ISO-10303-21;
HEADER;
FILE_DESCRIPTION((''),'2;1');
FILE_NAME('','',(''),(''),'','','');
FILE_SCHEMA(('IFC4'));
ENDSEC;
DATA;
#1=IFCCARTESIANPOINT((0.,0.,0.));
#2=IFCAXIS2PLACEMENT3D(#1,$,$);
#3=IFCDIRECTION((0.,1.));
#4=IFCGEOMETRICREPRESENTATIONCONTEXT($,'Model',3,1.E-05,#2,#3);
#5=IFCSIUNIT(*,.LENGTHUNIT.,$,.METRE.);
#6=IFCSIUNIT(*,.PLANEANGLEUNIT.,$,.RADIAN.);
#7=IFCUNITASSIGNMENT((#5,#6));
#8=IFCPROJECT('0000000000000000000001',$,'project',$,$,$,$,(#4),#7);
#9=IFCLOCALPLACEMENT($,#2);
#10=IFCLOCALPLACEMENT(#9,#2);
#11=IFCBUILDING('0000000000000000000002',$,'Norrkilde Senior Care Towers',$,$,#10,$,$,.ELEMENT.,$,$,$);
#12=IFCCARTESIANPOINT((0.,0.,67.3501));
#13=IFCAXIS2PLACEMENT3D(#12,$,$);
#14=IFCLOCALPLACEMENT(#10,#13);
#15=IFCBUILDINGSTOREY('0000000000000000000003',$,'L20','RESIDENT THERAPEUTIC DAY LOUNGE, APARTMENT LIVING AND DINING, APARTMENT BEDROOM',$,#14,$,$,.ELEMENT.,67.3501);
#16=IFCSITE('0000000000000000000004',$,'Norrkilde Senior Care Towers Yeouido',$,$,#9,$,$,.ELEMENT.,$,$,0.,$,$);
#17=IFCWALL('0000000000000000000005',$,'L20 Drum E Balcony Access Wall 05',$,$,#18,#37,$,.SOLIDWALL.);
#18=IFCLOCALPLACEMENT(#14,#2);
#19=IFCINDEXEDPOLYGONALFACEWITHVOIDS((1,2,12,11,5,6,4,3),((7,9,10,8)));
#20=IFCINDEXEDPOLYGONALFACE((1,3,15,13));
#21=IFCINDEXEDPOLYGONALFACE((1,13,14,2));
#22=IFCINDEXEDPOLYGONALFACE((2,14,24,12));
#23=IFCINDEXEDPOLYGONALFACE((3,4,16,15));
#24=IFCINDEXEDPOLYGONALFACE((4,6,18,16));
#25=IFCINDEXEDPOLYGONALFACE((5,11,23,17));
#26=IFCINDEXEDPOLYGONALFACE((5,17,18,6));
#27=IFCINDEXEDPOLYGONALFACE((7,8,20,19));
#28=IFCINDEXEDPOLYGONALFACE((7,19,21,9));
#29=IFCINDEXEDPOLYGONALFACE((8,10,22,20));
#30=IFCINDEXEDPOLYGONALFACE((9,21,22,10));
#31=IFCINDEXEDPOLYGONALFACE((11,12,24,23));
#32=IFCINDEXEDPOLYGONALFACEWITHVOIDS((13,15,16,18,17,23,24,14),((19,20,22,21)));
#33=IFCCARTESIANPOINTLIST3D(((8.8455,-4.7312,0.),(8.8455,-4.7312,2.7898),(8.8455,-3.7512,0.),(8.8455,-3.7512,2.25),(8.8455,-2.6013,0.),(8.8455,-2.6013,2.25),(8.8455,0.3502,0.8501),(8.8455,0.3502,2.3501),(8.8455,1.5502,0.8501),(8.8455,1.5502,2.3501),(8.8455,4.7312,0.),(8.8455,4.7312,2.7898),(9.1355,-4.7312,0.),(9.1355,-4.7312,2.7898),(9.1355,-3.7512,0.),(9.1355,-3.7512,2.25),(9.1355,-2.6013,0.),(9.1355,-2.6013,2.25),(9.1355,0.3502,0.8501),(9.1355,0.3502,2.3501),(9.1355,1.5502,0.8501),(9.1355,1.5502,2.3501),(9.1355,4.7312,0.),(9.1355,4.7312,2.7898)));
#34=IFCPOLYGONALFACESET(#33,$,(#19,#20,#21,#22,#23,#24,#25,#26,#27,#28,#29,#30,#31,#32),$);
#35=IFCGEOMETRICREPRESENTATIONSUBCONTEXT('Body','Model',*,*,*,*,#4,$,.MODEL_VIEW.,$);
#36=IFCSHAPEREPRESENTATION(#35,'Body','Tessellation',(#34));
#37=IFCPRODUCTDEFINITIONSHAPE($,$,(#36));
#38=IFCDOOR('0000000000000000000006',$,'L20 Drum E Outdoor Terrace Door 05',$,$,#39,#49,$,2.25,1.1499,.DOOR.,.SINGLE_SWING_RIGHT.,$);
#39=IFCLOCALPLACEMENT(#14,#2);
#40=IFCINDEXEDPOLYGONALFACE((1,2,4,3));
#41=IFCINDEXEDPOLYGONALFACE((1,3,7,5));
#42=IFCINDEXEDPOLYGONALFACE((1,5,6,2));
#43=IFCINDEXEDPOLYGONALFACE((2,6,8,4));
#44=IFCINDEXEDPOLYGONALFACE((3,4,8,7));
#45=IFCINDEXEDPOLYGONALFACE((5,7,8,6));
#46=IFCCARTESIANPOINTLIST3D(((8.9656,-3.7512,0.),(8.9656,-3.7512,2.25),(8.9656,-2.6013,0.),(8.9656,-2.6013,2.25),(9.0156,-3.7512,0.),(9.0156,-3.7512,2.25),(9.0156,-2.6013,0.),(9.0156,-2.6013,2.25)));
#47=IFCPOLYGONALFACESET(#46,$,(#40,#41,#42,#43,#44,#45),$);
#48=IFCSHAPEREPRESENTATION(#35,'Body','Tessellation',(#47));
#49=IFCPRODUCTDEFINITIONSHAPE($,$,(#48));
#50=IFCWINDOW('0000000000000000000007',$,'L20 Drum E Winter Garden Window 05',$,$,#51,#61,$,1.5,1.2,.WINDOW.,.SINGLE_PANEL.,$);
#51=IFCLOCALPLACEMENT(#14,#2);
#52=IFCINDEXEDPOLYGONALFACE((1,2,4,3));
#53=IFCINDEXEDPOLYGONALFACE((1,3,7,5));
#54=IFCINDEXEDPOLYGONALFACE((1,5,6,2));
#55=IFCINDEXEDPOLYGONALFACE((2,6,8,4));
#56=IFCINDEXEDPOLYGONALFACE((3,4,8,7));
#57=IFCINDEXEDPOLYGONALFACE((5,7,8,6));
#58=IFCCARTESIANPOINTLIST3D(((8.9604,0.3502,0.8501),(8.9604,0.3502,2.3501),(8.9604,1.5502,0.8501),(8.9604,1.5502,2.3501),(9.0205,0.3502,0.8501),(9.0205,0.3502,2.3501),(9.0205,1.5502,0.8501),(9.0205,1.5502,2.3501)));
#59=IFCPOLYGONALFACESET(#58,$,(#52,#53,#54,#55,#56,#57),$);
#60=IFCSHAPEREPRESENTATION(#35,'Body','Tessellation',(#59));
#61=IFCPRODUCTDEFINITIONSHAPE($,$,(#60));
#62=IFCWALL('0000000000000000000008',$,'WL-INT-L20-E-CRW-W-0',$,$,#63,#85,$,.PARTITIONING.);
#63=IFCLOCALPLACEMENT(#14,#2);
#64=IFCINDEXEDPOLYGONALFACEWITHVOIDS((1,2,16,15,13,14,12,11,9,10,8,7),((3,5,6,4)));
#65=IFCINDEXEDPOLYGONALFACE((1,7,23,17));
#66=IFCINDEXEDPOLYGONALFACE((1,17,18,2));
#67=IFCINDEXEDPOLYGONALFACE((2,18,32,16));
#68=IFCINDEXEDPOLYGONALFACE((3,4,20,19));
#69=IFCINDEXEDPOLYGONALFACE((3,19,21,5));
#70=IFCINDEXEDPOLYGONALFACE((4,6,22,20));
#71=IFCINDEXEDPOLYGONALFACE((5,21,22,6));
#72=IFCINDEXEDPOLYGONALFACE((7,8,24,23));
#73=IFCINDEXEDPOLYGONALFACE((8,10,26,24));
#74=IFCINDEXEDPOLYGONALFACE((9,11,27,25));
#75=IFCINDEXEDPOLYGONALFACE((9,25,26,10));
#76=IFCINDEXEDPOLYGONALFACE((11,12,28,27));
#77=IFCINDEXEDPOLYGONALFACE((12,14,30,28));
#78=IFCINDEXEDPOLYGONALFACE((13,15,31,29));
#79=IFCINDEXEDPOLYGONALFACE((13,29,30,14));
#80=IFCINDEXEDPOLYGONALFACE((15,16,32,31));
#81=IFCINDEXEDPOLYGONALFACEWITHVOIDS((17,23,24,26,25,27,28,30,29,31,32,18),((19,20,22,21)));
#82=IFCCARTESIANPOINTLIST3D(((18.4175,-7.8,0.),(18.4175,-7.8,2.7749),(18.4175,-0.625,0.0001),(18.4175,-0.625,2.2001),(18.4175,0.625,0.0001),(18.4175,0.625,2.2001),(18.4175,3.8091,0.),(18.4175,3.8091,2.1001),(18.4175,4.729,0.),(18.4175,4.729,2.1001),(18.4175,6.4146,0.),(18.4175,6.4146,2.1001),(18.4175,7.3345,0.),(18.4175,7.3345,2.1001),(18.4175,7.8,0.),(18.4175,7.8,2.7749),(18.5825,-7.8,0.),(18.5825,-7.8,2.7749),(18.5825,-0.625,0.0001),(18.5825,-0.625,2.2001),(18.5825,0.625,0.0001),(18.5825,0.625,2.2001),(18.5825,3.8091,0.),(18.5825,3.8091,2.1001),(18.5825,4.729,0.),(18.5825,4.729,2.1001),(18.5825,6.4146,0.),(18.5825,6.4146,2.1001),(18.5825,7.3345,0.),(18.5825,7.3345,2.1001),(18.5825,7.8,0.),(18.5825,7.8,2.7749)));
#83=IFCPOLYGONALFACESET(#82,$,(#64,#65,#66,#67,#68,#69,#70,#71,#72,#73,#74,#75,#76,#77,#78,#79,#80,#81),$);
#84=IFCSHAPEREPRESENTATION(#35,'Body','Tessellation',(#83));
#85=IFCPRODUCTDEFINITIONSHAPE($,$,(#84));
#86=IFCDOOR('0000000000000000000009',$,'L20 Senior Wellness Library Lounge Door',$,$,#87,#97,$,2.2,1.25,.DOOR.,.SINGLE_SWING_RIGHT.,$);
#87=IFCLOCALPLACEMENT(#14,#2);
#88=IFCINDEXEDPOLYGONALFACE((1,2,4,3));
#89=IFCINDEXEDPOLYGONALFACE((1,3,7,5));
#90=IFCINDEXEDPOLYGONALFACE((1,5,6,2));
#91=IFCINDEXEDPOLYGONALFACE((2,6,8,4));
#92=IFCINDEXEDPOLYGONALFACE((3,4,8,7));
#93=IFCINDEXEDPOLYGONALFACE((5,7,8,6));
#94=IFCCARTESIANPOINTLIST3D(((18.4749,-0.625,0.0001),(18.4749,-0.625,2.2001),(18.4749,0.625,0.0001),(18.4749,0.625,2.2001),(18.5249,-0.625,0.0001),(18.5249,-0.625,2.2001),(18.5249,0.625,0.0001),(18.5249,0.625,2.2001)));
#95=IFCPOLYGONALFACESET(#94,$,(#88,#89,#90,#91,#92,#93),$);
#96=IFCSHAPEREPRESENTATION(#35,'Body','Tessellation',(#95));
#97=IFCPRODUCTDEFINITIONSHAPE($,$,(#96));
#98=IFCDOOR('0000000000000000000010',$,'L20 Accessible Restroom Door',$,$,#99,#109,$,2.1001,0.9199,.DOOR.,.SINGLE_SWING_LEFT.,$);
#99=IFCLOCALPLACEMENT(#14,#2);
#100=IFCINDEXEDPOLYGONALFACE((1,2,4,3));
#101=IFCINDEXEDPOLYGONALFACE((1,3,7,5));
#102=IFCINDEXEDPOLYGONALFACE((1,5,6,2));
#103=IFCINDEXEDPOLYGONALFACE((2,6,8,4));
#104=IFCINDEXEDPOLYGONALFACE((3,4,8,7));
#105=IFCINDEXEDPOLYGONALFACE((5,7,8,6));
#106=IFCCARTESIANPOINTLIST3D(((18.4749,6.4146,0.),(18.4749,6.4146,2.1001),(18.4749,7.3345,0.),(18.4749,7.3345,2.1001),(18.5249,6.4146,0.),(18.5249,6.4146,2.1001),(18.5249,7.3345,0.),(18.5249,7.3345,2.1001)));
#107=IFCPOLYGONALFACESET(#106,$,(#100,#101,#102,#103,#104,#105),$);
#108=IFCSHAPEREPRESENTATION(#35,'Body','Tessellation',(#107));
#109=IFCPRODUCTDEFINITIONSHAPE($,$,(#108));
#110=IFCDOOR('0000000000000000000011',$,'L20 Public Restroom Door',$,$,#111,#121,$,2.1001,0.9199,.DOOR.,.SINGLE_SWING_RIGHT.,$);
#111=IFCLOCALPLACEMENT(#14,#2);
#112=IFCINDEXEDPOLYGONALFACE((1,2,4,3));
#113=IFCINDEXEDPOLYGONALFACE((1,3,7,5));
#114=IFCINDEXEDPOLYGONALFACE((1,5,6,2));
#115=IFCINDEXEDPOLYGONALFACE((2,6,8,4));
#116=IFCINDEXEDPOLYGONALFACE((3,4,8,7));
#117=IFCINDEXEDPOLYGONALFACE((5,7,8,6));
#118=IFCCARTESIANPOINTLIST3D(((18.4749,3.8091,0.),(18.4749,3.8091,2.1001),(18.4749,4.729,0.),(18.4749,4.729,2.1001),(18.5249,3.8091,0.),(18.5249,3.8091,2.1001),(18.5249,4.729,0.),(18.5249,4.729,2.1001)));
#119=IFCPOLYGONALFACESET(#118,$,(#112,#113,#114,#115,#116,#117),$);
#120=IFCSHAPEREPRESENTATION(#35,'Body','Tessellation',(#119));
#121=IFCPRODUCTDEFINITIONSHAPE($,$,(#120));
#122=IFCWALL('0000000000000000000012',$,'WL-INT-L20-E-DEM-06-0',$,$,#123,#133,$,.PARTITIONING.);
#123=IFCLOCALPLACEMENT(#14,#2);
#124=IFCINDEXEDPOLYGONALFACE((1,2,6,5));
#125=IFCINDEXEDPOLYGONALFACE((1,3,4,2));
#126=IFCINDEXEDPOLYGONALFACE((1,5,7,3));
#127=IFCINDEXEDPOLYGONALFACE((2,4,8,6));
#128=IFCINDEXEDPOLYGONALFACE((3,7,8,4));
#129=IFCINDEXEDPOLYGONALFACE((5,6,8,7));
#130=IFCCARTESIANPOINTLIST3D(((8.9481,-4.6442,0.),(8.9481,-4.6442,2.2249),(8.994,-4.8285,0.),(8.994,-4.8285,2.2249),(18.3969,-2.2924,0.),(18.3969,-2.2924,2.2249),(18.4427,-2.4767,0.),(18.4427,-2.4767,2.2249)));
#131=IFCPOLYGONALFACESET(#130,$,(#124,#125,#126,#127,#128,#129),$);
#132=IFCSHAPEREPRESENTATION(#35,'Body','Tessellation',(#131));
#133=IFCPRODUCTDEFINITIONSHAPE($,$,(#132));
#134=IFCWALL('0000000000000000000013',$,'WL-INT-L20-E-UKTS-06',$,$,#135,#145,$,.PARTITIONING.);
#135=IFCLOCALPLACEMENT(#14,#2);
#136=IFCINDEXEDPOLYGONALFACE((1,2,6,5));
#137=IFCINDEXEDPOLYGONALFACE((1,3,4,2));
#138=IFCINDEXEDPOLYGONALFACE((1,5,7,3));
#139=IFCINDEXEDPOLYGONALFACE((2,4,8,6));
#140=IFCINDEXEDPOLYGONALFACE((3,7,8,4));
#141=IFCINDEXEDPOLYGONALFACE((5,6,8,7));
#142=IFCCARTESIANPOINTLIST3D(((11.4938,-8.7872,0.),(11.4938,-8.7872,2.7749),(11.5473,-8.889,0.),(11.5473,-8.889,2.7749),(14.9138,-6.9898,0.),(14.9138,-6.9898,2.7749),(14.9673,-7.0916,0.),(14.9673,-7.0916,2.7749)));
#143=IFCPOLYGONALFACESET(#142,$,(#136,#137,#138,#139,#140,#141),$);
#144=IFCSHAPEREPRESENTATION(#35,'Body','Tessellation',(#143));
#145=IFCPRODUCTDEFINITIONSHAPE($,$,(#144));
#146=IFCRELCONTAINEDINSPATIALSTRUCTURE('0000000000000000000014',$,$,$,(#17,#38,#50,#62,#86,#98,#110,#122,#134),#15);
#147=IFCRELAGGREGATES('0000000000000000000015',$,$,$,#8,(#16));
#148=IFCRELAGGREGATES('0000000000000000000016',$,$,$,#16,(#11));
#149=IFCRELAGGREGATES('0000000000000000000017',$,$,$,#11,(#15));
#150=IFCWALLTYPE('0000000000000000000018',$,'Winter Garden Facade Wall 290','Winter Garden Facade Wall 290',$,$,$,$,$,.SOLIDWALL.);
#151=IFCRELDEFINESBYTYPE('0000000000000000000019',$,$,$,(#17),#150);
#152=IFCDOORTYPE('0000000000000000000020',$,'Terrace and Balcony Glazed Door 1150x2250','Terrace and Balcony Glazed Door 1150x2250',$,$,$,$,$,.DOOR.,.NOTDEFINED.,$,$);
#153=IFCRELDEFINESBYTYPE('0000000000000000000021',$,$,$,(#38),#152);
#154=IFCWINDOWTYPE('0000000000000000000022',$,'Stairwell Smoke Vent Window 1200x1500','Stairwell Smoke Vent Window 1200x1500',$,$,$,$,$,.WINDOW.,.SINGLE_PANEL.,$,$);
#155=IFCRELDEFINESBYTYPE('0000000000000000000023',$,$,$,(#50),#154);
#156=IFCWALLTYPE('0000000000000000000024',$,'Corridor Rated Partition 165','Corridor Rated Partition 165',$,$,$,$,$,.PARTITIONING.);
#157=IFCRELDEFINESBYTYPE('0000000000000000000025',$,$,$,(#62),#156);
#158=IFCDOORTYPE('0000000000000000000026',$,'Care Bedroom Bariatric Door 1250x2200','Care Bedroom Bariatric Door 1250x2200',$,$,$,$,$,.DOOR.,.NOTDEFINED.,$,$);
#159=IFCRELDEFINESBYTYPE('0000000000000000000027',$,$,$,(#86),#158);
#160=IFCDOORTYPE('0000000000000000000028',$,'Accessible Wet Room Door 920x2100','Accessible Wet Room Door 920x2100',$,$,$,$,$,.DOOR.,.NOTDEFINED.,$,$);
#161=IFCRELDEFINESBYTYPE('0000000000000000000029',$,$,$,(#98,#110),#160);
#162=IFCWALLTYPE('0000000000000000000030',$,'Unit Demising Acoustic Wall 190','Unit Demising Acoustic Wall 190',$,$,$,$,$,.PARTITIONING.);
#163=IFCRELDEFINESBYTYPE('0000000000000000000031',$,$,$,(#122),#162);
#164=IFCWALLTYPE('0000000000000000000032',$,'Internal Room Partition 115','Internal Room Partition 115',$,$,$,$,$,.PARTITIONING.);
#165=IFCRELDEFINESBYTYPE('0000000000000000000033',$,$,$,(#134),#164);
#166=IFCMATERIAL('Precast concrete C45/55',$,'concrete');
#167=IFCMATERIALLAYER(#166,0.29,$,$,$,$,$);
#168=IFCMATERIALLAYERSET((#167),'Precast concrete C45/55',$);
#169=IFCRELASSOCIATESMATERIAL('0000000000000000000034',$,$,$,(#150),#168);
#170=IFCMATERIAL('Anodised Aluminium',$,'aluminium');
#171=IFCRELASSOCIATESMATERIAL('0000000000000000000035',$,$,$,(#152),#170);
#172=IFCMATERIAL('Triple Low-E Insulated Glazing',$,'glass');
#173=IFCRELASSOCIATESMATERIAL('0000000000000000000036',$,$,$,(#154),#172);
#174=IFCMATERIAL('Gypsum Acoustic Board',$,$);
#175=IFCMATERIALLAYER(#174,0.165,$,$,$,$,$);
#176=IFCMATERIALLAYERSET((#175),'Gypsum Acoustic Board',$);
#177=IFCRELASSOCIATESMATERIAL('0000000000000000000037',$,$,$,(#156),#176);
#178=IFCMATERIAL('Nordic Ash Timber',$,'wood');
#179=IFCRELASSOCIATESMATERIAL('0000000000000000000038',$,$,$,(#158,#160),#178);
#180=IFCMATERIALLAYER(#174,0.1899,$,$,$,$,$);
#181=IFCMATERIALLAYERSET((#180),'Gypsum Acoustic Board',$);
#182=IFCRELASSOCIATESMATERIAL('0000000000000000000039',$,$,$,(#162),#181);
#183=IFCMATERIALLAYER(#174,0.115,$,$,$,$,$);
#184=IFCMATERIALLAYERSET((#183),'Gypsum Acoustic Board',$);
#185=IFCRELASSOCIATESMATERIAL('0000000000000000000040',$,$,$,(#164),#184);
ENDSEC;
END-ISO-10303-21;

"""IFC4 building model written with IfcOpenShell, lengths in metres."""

from ifc_helpers import new_model, si_unit, direction, frame, frame_2d, origin, place, context, subcontext, project, spatial, rectangle, extrude, source, transform, mapped, material, layer, layer_set, type_object, type_shapes, element, fill, save


model = new_model("IFC4")

# Units and contexts
model_context = context("Model", 3, precision=1e-05, world=origin(), true_north=direction((0.0, 1.0)))
body_context = subcontext(model_context, "Body", "Model", "MODEL_VIEW")
ifc_project = project(units=[si_unit("LENGTHUNIT", "METRE"), si_unit("PLANEANGLEUNIT", "RADIAN")], contexts=[model_context])

# Site, building, storey
site_placement = place(None, origin())
site = spatial("IfcSite", under=ifc_project, at=site_placement, Name="Norrkilde Senior Care Towers Yeouido", CompositionType="ELEMENT", RefElevation=0.0)
building_placement = place(site_placement, origin())
building = spatial("IfcBuilding", under=site, at=building_placement, Name="Norrkilde Senior Care Towers", CompositionType="ELEMENT")
storey_placement = place(building_placement, frame((0.0, 0.0, 67.3501)))
storey = spatial("IfcBuildingStorey", under=building, at=storey_placement, Name="L20", Description="RESIDENT THERAPEUTIC DAY LOUNGE, APARTMENT LIVING AND DINING, APARTMENT BEDROOM", CompositionType="ELEMENT", Elevation=67.3501)

# Shared definitions
ifc_material_1 = material(Name="Triple Low-E Insulated Glazing", Category="glass")
ifc_material_2 = material(Name="Anodised Aluminium", Category="aluminium")

# Wall, openings, door, window
ifc_material_3 = material(Name="Precast concrete C45/55", Category="concrete")
ifc_layer_1 = layer(ifc_material_3, 0.29)
ifc_layer_set_1 = layer_set([ifc_layer_1], Name="Precast concrete C45/55")
wall_type_1 = type_object("IfcWallType", Name="Winter Garden Facade Wall 290", Description="Winter Garden Facade Wall 290", PredefinedType="SOLIDWALL", material=ifc_layer_set_1)
shared_shape_1 = source(origin(), body_context, "Body", "SweptSolid", [
    extrude(rectangle(XDim=9.4624, YDim=0.29, at=frame_2d((4.7312, 0.0))), origin(), (0.0, 0.0, 1.0), 2.7898),
])
type_shapes(wall_type_1, [shared_shape_1])
wall_1_placement = place(storey_placement, frame((8.9905, -4.7312, 0.0), z_axis=(0.0, 0.0, 1.0), x_axis=(0.0, 1.0, 0.0)))
wall_1 = element("IfcWall", 1, at=wall_1_placement, inside=storey, type_object=wall_type_1, Name="L20 Drum E Balcony Access Wall 05", PredefinedType="SOLIDWALL", context=body_context, shape_type="MappedRepresentation", body=[
    mapped(shared_shape_1, transform((0.0, 0.0, 0.0), x_axis=(1.0, 0.0, 0.0), y_axis=(0.0, 1.0, 0.0), z_axis=(0.0, 0.0, 1.0), scale=1.0)),
])
opening_1_placement = place(wall_1_placement, frame((0.98, 0.0, 0.0)))
opening_1 = element("IfcOpeningElement", 2, at=opening_1_placement, cuts=wall_1, PredefinedType="OPENING", context=body_context, shape_type="SweptSolid", body=[
    extrude(rectangle(XDim=1.1499, YDim=2.25, at=frame_2d((0.575, 1.125))), frame((0.0, 0.155, 0.0), z_axis=(0.0, -1.0, 0.0), x_axis=(1.0, 0.0, 0.0)), (0.0, 0.0, 1.0), 0.3101),
])
opening_2_placement = place(wall_1_placement, frame((5.0813, 0.0, 0.8501)))
opening_2 = element("IfcOpeningElement", 3, at=opening_2_placement, cuts=wall_1, PredefinedType="OPENING", context=body_context, shape_type="SweptSolid", body=[
    extrude(rectangle(XDim=1.2, YDim=1.5, at=frame_2d((0.6001, 0.75))), frame((0.0, 0.155, 0.0), z_axis=(0.0, -1.0, 0.0), x_axis=(1.0, 0.0, 0.0)), (0.0, 0.0, 1.0), 0.3101),
])
door_type_1 = type_object("IfcDoorType", Name="Terrace and Balcony Glazed Door 1150x2250", Description="Terrace and Balcony Glazed Door 1150x2250", OperationType="NOTDEFINED", PredefinedType="DOOR", material=ifc_material_2)
shared_shape_2 = source(origin(), body_context, "Body", "SweptSolid", [
    extrude(rectangle(XDim=1.1499, YDim=2.25, at=frame_2d((0.575, 1.125))), frame((0.0, 0.0249, 0.0), z_axis=(0.0, -1.0, 0.0), x_axis=(1.0, 0.0, 0.0)), (0.0, 0.0, 1.0), 0.05),
])
type_shapes(door_type_1, [shared_shape_2])
door_1_placement = place(opening_1_placement, origin())
door_1 = element("IfcDoor", 4, at=door_1_placement, inside=storey, type_object=door_type_1, Name="L20 Drum E Outdoor Terrace Door 05", OperationType="SINGLE_SWING_RIGHT", OverallHeight=2.25, OverallWidth=1.1499, PredefinedType="DOOR", context=body_context, shape_type="MappedRepresentation", body=[
    mapped(shared_shape_2, transform((0.0, 0.0, 0.0), x_axis=(1.0, 0.0, 0.0), y_axis=(0.0, 1.0, 0.0), z_axis=(0.0, 0.0, 1.0), scale=1.0)),
])
fill(opening_1, door_1)
window_type = type_object("IfcWindowType", Name="Stairwell Smoke Vent Window 1200x1500", Description="Stairwell Smoke Vent Window 1200x1500", PartitioningType="SINGLE_PANEL", PredefinedType="WINDOW", material=ifc_material_1)
shared_shape_3 = source(origin(), body_context, "Body", "SweptSolid", [
    extrude(rectangle(XDim=1.2, YDim=1.5, at=frame_2d((0.6001, 0.75))), frame((0.0, 0.03, 0.0), z_axis=(0.0, -1.0, 0.0), x_axis=(1.0, 0.0, 0.0)), (0.0, 0.0, 1.0), 0.0601),
])
type_shapes(window_type, [shared_shape_3])
window_placement = place(opening_2_placement, origin())
window = element("IfcWindow", 5, at=window_placement, inside=storey, type_object=window_type, Name="L20 Drum E Winter Garden Window 05", OverallHeight=1.5, OverallWidth=1.2, PartitioningType="SINGLE_PANEL", PredefinedType="WINDOW", context=body_context, shape_type="MappedRepresentation", body=[
    mapped(shared_shape_3, transform((0.0, 0.0, 0.0), x_axis=(1.0, 0.0, 0.0), y_axis=(0.0, 1.0, 0.0), z_axis=(0.0, 0.0, 1.0), scale=1.0)),
])
fill(opening_2, window)

# Wall, openings, doors
ifc_material_4 = material(Name="Gypsum Acoustic Board")
ifc_layer_2 = layer(ifc_material_4, 0.165)
ifc_layer_set_2 = layer_set([ifc_layer_2], Name="Gypsum Acoustic Board")
wall_type_2 = type_object("IfcWallType", Name="Corridor Rated Partition 165", Description="Corridor Rated Partition 165", PredefinedType="PARTITIONING", material=ifc_layer_set_2)
shared_shape_4 = source(origin(), body_context, "Body", "SweptSolid", [
    extrude(rectangle(XDim=15.6001, YDim=0.165, at=frame_2d((7.8, 0.0))), origin(), (0.0, 0.0, 1.0), 2.7749),
])
type_shapes(wall_type_2, [shared_shape_4])
wall_2_placement = place(storey_placement, frame((18.5, -7.8, 0.0), z_axis=(0.0, 0.0, 1.0), x_axis=(0.0, 1.0, 0.0)))
wall_2 = element("IfcWall", 6, at=wall_2_placement, inside=storey, type_object=wall_type_2, Name="WL-INT-L20-E-CRW-W-0", PredefinedType="PARTITIONING", context=body_context, shape_type="MappedRepresentation", body=[
    mapped(shared_shape_4, transform((0.0, 0.0, 0.0), x_axis=(1.0, 0.0, 0.0), y_axis=(0.0, 1.0, 0.0), z_axis=(0.0, 0.0, 1.0), scale=1.0)),
])
opening_3_placement = place(wall_2_placement, frame((14.2146, 0.0, 0.0)))
opening_3 = element("IfcOpeningElement", 7, at=opening_3_placement, cuts=wall_2, PredefinedType="OPENING", context=body_context, shape_type="SweptSolid", body=[
    extrude(rectangle(XDim=0.9199, YDim=2.1001, at=frame_2d((0.46, 1.05))), frame((0.0, 0.0925, 0.0), z_axis=(0.0, -1.0, 0.0), x_axis=(1.0, 0.0, 0.0)), (0.0, 0.0, 1.0), 0.1851),
])
opening_4_placement = place(wall_2_placement, frame((11.6091, 0.0, 0.0)))
opening_4 = element("IfcOpeningElement", 8, at=opening_4_placement, cuts=wall_2, PredefinedType="OPENING", context=body_context, shape_type="SweptSolid", body=[
    extrude(rectangle(XDim=0.9199, YDim=2.1001, at=frame_2d((0.46, 1.05))), frame((0.0, 0.0925, 0.0), z_axis=(0.0, -1.0, 0.0), x_axis=(1.0, 0.0, 0.0)), (0.0, 0.0, 1.0), 0.1851),
])
opening_5_placement = place(wall_2_placement, frame((7.175, 0.0, 0.0)))
opening_5 = element("IfcOpeningElement", 9, at=opening_5_placement, cuts=wall_2, PredefinedType="OPENING", context=body_context, shape_type="SweptSolid", body=[
    extrude(rectangle(XDim=1.25, YDim=2.2, at=frame_2d((0.625, 1.1001))), frame((0.0, 0.0925, 0.0), z_axis=(0.0, -1.0, 0.0), x_axis=(1.0, 0.0, 0.0)), (0.0, 0.0, 1.0), 0.1851),
])
ifc_material_5 = material(Name="Nordic Ash Timber", Category="wood")
door_type_2 = type_object("IfcDoorType", Name="Care Bedroom Bariatric Door 1250x2200", Description="Care Bedroom Bariatric Door 1250x2200", OperationType="NOTDEFINED", PredefinedType="DOOR", material=ifc_material_5)
shared_shape_5 = source(origin(), body_context, "Body", "SweptSolid", [
    extrude(rectangle(XDim=1.25, YDim=2.2, at=frame_2d((0.625, 1.1001))), frame((0.0, 0.0249, 0.0), z_axis=(0.0, -1.0, 0.0), x_axis=(1.0, 0.0, 0.0)), (0.0, 0.0, 1.0), 0.05),
])
type_shapes(door_type_2, [shared_shape_5])
door_2_placement = place(opening_5_placement, frame((1.25, 0.0, 0.0), z_axis=(0.0, 0.0, 1.0), x_axis=(-1.0, 0.0, 0.0)))
door_2 = element("IfcDoor", 10, at=door_2_placement, inside=storey, type_object=door_type_2, Name="L20 Senior Wellness Library Lounge Door", OperationType="SINGLE_SWING_RIGHT", OverallHeight=2.2, OverallWidth=1.25, PredefinedType="DOOR", context=body_context, shape_type="MappedRepresentation", body=[
    mapped(shared_shape_5, transform((0.0, 0.0, 0.0), x_axis=(1.0, 0.0, 0.0), y_axis=(0.0, 1.0, 0.0), z_axis=(0.0, 0.0, 1.0), scale=1.0)),
])
fill(opening_5, door_2)
door_type_3 = type_object("IfcDoorType", Name="Accessible Wet Room Door 920x2100", Description="Accessible Wet Room Door 920x2100", OperationType="NOTDEFINED", PredefinedType="DOOR", material=ifc_material_5)
shared_shape_6 = source(origin(), body_context, "Body", "SweptSolid", [
    extrude(rectangle(XDim=0.9199, YDim=2.1001, at=frame_2d((0.46, 1.05))), frame((0.0, 0.0249, 0.0), z_axis=(0.0, -1.0, 0.0), x_axis=(1.0, 0.0, 0.0)), (0.0, 0.0, 1.0), 0.05),
])
type_shapes(door_type_3, [shared_shape_6])
door_3_placement = place(opening_3_placement, frame((0.9199, 0.0, 0.0), z_axis=(0.0, 0.0, 1.0), x_axis=(-1.0, 0.0, 0.0)))
door_3 = element("IfcDoor", 11, at=door_3_placement, inside=storey, type_object=door_type_3, Name="L20 Accessible Restroom Door", OperationType="SINGLE_SWING_LEFT", OverallHeight=2.1001, OverallWidth=0.9199, PredefinedType="DOOR", context=body_context, shape_type="MappedRepresentation", body=[
    mapped(shared_shape_6, transform((0.0, 0.0, 0.0), x_axis=(1.0, 0.0, 0.0), y_axis=(0.0, 1.0, 0.0), z_axis=(0.0, 0.0, 1.0), scale=1.0)),
])
fill(opening_3, door_3)
door_4_placement = place(opening_4_placement, frame((0.9199, 0.0, 0.0), z_axis=(0.0, 0.0, 1.0), x_axis=(-1.0, 0.0, 0.0)))
door_4 = element("IfcDoor", 12, at=door_4_placement, inside=storey, type_object=door_type_3, Name="L20 Public Restroom Door", OperationType="SINGLE_SWING_RIGHT", OverallHeight=2.1001, OverallWidth=0.9199, PredefinedType="DOOR", context=body_context, shape_type="MappedRepresentation", body=[
    mapped(shared_shape_6, transform((0.0, 0.0, 0.0), x_axis=(1.0, 0.0, 0.0), y_axis=(0.0, 1.0, 0.0), z_axis=(0.0, 0.0, 1.0), scale=1.0)),
])
fill(opening_4, door_4)

# Walls
ifc_layer_3 = layer(ifc_material_4, 0.1899)
ifc_layer_set_3 = layer_set([ifc_layer_3], Name="Gypsum Acoustic Board")
wall_type_3 = type_object("IfcWallType", Name="Unit Demising Acoustic Wall 190", Description="Unit Demising Acoustic Wall 190", PredefinedType="PARTITIONING", material=ifc_layer_set_3)
shared_shape_7 = source(origin(), body_context, "Body", "SweptSolid", [
    extrude(rectangle(XDim=9.7371, YDim=0.1899, at=frame_2d((4.8687, 0.0))), origin(), (0.0, 0.0, 1.0), 2.2249),
])
type_shapes(wall_type_3, [shared_shape_7])
wall_3_placement = place(storey_placement, frame((18.4199, -2.3845, 0.0), z_axis=(0.0, 0.0, 1.0), x_axis=(-0.970393, -0.241533, 0.0)))
element("IfcWall", 13, at=wall_3_placement, inside=storey, type_object=wall_type_3, Name="WL-INT-L20-E-DEM-06-0", PredefinedType="PARTITIONING", context=body_context, shape_type="MappedRepresentation", body=[
    mapped(shared_shape_7, transform((0.0, 0.0, 0.0), x_axis=(1.0, 0.0, 0.0), y_axis=(0.0, 1.0, 0.0), z_axis=(0.0, 0.0, 1.0), scale=1.0)),
])
ifc_layer_4 = layer(ifc_material_4, 0.115)
ifc_layer_set_4 = layer_set([ifc_layer_4], Name="Gypsum Acoustic Board")
wall_type_4 = type_object("IfcWallType", Name="Internal Room Partition 115", Description="Internal Room Partition 115", PredefinedType="PARTITIONING", material=ifc_layer_set_4)
shared_shape_8 = source(origin(), body_context, "Body", "SweptSolid", [
    extrude(rectangle(XDim=3.8635, YDim=0.115, at=frame_2d((1.9316, 0.0))), origin(), (0.0, 0.0, 1.0), 2.7749),
])
wall_4_placement = place(storey_placement, frame((14.9404, -7.0408, 0.0), z_axis=(0.0, 0.0, 1.0), x_axis=(-0.885195, -0.46522, 0.0)))
element("IfcWall", 14, at=wall_4_placement, inside=storey, type_object=wall_type_4, Name="WL-INT-L20-E-UKTS-06", PredefinedType="PARTITIONING", context=body_context, shape_type="MappedRepresentation", body=[
    mapped(shared_shape_8, transform((0.0, 0.0, 0.0), x_axis=(1.0, 0.0, 0.0), y_axis=(0.0, 1.0, 0.0), z_axis=(0.0, 0.0, 1.0), scale=1.0)),
])

save(model, "model.ifc")
